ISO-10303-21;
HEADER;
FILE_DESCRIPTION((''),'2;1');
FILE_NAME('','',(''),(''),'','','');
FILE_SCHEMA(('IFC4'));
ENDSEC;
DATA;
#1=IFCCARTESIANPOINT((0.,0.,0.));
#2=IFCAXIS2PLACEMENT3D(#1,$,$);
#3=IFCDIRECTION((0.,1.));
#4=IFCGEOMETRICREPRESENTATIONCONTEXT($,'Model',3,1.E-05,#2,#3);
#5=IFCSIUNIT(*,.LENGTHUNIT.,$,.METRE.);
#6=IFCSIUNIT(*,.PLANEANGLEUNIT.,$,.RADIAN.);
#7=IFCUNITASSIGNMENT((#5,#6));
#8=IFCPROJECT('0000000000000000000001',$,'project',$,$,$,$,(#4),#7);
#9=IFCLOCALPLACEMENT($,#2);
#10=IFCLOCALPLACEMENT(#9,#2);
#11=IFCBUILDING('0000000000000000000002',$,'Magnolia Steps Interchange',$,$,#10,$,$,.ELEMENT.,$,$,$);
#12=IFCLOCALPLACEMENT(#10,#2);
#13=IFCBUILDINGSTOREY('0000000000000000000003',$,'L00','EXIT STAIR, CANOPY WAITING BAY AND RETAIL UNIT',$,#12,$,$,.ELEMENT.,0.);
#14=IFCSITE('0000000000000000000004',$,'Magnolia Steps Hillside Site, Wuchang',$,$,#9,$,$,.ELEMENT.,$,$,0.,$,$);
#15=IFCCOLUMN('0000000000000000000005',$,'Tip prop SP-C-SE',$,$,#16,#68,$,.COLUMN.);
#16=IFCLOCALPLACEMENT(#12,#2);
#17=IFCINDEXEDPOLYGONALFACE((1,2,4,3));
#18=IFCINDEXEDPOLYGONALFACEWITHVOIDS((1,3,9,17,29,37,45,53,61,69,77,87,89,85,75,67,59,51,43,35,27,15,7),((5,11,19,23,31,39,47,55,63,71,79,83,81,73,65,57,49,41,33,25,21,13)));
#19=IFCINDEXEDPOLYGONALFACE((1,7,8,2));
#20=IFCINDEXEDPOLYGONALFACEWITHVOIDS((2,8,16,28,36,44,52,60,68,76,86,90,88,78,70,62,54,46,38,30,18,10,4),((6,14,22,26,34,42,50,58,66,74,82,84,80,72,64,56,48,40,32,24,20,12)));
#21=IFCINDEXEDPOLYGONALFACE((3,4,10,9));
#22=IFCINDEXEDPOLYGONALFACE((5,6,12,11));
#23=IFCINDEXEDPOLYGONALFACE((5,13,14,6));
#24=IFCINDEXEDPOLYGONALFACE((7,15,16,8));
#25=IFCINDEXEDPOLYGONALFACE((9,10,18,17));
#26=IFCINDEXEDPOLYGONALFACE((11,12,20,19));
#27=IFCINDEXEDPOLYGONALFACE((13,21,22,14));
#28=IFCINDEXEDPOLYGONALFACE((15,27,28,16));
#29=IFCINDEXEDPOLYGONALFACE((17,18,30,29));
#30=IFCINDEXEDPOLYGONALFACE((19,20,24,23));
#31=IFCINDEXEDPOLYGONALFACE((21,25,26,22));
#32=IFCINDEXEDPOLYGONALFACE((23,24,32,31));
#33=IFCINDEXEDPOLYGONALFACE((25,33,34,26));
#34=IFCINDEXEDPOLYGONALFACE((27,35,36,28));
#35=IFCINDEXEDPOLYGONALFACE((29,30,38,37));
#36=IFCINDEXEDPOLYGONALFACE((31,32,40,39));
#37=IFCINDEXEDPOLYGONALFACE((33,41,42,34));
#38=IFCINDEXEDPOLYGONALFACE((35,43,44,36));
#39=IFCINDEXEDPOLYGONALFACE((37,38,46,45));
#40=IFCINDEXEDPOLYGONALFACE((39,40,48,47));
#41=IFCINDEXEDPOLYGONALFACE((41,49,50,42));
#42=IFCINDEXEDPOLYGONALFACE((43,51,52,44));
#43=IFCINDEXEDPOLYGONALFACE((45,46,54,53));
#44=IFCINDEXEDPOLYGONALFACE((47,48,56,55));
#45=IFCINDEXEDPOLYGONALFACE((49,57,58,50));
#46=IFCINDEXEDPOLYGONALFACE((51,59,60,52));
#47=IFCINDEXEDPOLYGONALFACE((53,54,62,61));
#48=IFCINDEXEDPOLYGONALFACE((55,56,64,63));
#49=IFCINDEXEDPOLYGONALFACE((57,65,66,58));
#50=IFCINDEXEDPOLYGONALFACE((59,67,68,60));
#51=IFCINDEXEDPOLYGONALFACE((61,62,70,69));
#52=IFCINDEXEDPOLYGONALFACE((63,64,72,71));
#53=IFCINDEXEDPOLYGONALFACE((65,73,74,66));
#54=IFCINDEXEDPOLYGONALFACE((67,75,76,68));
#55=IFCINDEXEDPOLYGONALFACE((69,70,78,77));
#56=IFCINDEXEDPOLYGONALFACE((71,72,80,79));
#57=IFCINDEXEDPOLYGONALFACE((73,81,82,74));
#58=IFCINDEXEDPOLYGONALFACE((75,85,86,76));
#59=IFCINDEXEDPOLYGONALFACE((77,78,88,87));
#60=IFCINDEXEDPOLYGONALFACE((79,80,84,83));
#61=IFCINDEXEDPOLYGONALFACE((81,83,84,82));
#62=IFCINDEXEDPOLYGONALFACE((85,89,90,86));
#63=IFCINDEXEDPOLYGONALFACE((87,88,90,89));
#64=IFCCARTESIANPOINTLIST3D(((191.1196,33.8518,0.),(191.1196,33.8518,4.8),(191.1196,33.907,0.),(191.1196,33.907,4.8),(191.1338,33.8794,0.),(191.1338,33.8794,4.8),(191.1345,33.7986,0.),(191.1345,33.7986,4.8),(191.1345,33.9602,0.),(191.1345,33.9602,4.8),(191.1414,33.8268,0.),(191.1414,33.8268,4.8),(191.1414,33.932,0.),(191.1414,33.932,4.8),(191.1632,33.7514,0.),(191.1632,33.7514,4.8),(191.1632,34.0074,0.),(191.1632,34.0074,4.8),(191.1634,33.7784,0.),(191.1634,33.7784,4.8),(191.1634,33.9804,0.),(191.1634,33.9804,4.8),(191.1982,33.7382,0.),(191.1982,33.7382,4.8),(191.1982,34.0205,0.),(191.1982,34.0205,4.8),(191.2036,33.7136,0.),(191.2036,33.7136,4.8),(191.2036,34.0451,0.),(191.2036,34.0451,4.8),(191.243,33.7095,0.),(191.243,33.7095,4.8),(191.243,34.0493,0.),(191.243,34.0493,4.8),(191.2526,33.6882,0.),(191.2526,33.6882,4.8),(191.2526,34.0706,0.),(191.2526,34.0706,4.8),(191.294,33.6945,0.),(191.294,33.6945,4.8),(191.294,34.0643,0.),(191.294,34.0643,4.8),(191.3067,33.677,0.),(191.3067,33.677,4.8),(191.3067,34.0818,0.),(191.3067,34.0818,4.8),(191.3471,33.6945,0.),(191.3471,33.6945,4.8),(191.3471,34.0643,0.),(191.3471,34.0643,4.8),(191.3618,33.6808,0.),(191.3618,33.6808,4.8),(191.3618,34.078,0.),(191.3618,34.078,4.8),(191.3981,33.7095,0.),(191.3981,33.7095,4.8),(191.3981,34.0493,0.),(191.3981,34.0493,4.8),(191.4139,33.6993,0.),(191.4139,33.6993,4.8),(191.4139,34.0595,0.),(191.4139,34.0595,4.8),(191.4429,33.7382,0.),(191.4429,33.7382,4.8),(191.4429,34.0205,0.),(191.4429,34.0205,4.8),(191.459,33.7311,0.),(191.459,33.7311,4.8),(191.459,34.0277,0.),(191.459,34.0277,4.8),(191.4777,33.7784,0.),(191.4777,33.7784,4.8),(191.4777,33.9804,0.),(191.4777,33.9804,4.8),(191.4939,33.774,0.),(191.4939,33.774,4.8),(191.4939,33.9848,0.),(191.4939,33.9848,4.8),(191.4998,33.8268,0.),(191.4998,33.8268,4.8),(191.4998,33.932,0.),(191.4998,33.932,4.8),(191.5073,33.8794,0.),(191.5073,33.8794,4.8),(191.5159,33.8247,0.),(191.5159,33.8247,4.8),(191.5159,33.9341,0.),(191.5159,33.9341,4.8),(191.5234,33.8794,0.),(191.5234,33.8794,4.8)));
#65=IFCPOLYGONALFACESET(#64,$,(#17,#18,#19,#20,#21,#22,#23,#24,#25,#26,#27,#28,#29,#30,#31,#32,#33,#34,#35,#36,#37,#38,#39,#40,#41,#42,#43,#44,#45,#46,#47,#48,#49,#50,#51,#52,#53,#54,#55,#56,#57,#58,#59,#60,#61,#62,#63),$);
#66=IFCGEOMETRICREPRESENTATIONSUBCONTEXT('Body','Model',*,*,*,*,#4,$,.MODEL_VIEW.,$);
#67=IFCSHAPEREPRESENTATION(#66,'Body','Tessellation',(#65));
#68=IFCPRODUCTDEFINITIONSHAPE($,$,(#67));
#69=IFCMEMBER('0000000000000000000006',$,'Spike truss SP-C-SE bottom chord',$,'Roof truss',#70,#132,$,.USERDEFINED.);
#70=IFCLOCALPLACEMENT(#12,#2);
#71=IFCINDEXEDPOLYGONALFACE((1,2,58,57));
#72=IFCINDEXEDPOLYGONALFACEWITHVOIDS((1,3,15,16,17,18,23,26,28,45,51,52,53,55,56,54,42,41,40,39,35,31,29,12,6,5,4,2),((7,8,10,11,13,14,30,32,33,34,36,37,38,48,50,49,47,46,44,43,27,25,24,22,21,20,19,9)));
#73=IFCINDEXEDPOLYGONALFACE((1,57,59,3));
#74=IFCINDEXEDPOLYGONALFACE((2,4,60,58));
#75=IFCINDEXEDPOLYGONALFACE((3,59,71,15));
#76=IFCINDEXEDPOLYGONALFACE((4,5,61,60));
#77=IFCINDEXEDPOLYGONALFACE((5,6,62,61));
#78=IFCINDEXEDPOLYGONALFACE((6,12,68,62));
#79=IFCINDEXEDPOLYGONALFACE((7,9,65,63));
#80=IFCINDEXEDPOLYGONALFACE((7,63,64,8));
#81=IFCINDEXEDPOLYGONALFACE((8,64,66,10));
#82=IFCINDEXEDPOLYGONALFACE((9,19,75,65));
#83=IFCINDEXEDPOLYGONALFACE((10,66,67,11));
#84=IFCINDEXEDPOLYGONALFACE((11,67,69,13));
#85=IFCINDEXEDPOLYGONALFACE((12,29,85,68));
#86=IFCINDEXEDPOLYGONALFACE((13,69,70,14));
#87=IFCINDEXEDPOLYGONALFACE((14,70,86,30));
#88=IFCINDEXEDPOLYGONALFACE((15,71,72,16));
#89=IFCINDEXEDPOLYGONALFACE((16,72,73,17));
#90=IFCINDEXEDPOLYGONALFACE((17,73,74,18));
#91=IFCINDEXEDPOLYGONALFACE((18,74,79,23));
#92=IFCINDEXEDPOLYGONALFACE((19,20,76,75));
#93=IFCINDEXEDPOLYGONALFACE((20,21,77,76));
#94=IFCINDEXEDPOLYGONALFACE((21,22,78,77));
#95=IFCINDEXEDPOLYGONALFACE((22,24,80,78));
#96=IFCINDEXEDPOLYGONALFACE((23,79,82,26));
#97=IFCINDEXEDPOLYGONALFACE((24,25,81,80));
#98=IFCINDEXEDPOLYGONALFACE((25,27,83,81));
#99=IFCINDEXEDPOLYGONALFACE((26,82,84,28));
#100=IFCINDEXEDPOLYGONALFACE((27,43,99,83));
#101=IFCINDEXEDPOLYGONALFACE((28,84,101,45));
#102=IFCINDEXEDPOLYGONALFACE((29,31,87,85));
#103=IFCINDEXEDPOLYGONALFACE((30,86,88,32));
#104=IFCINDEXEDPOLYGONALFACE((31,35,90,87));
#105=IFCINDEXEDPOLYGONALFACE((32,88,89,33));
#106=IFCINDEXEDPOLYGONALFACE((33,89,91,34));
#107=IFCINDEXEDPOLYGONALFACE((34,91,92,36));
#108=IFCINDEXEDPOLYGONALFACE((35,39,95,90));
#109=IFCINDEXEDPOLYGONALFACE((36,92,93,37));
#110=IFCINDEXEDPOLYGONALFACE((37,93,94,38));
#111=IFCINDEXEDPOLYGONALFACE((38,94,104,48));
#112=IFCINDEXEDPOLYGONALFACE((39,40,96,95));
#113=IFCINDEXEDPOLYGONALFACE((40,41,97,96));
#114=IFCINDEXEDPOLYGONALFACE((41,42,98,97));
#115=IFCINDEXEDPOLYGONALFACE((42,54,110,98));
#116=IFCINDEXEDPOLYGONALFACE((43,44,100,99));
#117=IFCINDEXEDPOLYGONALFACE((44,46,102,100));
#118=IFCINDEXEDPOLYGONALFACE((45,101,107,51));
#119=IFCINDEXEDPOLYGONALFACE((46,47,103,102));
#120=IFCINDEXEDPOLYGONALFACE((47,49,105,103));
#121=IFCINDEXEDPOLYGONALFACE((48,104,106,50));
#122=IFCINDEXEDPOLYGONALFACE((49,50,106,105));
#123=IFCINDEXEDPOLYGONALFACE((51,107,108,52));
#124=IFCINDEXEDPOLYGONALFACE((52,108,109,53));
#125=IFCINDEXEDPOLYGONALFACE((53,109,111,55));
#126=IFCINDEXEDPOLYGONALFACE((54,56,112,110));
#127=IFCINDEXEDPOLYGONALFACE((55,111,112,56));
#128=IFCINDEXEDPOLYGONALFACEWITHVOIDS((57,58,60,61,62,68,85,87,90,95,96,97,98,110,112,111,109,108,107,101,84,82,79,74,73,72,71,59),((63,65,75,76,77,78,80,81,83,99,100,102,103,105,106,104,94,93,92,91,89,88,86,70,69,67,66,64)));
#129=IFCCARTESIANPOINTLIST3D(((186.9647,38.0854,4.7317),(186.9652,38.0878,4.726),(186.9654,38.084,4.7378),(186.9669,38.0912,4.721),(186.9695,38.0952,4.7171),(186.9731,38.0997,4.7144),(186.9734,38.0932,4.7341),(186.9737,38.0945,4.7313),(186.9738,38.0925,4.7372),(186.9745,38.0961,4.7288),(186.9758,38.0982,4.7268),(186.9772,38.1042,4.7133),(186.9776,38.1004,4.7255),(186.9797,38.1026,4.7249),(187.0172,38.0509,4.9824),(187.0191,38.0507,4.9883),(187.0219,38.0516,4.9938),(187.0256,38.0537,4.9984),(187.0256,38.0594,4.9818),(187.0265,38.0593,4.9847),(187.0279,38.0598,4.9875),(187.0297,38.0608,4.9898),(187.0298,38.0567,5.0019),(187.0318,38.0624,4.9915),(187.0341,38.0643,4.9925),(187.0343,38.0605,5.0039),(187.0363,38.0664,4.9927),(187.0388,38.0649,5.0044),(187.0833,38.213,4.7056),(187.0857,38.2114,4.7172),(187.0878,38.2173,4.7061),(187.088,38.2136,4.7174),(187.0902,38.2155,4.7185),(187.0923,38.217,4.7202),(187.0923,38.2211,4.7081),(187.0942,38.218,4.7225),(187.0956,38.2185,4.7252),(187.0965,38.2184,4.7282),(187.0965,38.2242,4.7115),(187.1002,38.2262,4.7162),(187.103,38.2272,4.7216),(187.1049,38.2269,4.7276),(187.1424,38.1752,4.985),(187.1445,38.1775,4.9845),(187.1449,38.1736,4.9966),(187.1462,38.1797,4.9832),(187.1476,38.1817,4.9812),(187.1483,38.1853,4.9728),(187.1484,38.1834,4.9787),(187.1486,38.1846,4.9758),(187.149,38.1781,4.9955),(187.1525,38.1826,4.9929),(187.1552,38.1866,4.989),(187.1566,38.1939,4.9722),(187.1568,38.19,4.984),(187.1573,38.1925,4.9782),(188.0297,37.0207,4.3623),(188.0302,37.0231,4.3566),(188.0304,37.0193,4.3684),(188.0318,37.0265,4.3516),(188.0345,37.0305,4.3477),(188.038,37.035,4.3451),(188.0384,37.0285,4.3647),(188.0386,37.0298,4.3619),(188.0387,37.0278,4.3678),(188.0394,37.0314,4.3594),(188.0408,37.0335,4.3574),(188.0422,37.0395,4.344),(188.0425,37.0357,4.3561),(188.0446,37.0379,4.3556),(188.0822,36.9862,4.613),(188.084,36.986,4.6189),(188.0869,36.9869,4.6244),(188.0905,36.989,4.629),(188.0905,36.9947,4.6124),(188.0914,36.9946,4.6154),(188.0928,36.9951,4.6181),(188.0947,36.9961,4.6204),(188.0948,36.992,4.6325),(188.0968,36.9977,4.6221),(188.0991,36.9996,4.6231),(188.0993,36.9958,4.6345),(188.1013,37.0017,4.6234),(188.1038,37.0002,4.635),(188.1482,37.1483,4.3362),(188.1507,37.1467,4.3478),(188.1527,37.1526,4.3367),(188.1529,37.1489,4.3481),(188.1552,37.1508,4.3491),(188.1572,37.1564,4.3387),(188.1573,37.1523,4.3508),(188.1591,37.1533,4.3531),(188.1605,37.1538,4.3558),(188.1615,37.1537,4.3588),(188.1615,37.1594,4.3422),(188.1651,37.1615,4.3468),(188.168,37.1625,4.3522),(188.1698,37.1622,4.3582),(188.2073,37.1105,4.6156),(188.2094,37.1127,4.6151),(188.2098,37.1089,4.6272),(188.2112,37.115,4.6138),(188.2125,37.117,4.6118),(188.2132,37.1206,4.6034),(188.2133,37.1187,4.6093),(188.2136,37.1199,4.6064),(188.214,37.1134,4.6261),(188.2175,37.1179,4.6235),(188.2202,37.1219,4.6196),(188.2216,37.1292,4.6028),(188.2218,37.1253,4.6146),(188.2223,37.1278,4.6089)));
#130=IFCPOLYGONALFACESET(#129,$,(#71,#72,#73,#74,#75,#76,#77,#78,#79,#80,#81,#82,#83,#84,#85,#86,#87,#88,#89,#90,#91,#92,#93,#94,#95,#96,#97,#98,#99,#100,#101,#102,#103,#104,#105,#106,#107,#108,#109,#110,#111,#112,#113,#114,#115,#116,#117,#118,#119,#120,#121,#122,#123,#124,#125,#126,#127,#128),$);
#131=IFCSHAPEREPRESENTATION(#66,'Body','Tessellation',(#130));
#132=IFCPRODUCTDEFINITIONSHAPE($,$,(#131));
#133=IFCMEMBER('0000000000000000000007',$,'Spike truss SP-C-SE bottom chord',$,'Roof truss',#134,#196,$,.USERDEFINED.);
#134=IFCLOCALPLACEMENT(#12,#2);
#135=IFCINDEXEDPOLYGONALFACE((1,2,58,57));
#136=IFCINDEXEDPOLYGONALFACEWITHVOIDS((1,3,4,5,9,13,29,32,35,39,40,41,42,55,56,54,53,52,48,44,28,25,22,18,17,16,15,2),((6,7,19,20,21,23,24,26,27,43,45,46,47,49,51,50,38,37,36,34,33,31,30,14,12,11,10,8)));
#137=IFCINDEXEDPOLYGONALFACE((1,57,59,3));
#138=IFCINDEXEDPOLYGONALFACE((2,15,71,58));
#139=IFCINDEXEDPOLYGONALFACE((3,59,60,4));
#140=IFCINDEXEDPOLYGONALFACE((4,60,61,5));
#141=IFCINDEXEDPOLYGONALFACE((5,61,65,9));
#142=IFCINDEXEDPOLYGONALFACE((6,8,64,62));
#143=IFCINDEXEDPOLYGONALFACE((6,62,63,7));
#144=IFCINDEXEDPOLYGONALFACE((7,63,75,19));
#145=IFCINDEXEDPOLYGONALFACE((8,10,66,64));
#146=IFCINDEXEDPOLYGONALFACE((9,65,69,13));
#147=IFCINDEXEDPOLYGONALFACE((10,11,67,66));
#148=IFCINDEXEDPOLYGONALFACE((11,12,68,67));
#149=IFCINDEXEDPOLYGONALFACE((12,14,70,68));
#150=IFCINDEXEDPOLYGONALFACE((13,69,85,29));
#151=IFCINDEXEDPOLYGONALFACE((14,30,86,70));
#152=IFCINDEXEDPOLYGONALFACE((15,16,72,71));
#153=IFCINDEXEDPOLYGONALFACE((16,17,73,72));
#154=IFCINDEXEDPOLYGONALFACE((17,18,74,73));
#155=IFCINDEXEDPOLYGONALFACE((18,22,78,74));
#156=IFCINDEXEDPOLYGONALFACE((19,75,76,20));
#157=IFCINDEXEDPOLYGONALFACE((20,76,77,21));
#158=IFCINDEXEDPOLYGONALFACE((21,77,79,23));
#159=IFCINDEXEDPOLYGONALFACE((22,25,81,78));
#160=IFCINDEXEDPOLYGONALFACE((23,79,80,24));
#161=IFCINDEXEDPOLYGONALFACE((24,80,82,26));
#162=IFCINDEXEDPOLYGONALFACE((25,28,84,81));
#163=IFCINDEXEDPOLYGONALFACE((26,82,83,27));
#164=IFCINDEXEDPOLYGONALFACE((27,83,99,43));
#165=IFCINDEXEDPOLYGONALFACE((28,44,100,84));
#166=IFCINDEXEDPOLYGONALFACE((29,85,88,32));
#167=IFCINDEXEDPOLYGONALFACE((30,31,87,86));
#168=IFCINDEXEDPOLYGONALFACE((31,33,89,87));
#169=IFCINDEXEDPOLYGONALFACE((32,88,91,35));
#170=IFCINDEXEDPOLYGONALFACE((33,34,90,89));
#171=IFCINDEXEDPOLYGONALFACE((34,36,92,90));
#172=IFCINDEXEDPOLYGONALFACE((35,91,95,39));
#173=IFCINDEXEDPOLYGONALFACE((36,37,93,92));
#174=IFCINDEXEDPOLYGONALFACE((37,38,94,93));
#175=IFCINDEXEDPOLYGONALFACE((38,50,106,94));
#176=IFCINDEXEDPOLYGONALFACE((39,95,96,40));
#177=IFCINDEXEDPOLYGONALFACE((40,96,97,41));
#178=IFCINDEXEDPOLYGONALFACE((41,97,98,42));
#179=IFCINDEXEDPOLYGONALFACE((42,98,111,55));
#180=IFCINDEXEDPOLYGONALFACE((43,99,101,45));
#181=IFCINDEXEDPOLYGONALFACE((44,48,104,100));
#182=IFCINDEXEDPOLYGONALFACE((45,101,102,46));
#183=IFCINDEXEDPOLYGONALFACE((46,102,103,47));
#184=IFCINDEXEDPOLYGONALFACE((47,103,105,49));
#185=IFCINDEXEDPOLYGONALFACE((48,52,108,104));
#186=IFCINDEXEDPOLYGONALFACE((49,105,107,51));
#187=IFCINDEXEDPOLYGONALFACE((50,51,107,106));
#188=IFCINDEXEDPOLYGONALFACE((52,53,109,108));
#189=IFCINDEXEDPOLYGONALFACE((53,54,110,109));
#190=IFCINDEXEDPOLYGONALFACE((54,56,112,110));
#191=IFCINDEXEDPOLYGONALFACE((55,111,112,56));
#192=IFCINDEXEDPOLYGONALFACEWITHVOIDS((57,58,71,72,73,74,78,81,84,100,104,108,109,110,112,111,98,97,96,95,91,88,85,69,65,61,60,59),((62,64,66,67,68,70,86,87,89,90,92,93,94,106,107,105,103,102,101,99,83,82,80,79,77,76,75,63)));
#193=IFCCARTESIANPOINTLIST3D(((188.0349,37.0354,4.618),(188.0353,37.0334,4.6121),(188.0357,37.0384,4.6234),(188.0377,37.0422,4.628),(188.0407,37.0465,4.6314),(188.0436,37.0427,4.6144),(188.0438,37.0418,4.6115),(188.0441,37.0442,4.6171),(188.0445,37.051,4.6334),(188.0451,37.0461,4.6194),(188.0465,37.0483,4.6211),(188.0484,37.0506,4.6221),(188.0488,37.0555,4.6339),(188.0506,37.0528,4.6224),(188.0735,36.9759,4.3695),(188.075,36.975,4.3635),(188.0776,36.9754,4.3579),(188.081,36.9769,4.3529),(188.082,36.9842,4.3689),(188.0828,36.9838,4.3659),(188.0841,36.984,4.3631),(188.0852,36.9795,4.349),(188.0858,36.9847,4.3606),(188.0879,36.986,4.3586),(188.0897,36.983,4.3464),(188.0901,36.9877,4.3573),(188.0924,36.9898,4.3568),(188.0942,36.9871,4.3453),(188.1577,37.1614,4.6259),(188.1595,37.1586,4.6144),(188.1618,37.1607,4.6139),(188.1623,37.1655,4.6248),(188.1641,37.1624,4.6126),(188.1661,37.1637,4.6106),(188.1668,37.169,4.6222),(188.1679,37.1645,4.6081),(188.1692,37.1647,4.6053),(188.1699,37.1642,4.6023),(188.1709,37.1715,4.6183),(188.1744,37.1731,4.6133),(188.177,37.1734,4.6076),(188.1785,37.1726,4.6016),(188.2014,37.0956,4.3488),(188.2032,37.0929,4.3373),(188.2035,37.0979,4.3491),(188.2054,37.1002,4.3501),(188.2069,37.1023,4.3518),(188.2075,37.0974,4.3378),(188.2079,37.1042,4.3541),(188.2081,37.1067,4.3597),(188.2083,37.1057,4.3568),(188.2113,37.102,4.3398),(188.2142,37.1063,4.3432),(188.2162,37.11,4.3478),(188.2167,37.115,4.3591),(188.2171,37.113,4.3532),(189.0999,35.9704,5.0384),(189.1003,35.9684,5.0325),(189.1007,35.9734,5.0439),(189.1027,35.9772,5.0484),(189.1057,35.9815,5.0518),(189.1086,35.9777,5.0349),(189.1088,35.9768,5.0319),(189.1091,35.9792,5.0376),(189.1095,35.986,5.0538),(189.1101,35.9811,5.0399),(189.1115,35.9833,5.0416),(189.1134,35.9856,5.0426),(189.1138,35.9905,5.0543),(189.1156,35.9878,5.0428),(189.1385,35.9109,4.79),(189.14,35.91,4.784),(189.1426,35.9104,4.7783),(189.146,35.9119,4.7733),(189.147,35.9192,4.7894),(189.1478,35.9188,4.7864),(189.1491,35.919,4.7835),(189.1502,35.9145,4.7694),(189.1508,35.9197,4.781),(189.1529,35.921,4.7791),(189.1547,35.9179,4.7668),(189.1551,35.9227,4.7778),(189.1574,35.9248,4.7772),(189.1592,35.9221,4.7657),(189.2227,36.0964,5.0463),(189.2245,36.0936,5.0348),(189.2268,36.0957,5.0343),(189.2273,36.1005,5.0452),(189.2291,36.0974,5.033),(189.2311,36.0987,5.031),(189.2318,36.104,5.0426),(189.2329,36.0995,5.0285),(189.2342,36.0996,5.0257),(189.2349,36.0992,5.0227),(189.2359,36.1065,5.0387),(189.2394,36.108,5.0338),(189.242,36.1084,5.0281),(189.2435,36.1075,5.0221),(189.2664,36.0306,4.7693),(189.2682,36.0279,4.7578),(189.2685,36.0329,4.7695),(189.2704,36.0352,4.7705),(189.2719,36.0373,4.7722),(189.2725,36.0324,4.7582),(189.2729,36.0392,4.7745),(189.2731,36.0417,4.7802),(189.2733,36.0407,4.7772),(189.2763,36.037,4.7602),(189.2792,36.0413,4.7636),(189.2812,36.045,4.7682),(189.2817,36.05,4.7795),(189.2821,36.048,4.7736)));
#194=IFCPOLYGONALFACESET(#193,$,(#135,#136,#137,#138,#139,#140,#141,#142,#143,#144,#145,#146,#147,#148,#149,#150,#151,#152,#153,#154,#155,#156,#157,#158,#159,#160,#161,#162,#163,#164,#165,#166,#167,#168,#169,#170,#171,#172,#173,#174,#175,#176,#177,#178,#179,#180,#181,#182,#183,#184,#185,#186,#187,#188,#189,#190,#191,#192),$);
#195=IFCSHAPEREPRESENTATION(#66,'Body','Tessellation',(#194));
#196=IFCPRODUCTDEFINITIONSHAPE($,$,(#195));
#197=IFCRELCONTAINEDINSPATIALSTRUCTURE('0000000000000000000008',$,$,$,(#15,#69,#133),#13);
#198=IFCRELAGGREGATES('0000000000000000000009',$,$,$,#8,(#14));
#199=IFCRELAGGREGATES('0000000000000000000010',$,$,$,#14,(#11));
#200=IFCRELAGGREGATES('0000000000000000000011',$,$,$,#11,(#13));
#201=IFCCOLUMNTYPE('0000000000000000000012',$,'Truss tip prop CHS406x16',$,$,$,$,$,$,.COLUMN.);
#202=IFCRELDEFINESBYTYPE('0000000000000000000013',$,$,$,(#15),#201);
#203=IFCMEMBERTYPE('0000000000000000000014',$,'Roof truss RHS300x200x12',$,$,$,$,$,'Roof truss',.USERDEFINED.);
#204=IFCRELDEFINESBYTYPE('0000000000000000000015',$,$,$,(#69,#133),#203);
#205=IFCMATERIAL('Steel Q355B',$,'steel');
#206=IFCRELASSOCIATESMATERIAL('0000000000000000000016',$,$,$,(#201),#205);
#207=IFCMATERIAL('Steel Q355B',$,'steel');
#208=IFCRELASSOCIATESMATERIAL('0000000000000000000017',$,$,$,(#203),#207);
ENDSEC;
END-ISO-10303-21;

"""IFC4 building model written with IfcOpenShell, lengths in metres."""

from ifc_helpers import new_model, si_unit, direction, frame, origin, origin_2d, place, context, subcontext, project, spatial, hollow_rectangle, hollow_circle, extrude, material, material_profile, profile_set, type_object, element, save


model = new_model("IFC4")

# Units and contexts
model_context = context("Model", 3, precision=1e-05, world=origin(), true_north=direction((0.0, 1.0)))
body_context = subcontext(model_context, "Body", "Model", "MODEL_VIEW")
ifc_project = project(units=[si_unit("LENGTHUNIT", "METRE"), si_unit("PLANEANGLEUNIT", "RADIAN")], contexts=[model_context])

# Site, building, storey
site_placement = place(None, origin())
site = spatial("IfcSite", under=ifc_project, at=site_placement, Name="Magnolia Steps Hillside Site, Wuchang", CompositionType="ELEMENT", RefElevation=0.0)
building_placement = place(site_placement, origin())
building = spatial("IfcBuilding", under=site, at=building_placement, Name="Magnolia Steps Interchange", CompositionType="ELEMENT")
storey_placement = place(building_placement, origin())
storey = spatial("IfcBuildingStorey", under=building, at=storey_placement, Name="L00", Description="EXIT STAIR, CANOPY WAITING BAY AND RETAIL UNIT", CompositionType="ELEMENT", Elevation=0.0)

# Column
ifc_material_1 = material(Name="Steel Q355B", Category="steel")
ifc_material_profile_1 = material_profile(ifc_material_1, hollow_circle(Radius=0.2029, WallThickness=0.0161, at=origin_2d()), Name="CHS406x16")
ifc_profile_set_1 = profile_set([ifc_material_profile_1], Name="Steel Q355B")
column_type_1 = type_object("IfcColumnType", Name="Truss tip prop CHS406x16", PredefinedType="COLUMN", material=ifc_profile_set_1)
column_1_placement = place(storey_placement, frame((191.3206, 33.8794, 0.0), z_axis=(0.0, 0.0, 1.0), x_axis=(1.0, 0.0, 0.0)))
element("IfcColumn", 1, at=column_1_placement, inside=storey, type_object=column_type_1, Name="Tip prop SP-C-SE", PredefinedType="COLUMN", context=body_context, shape_type="SweptSolid", body=[
    extrude(hollow_circle(Radius=0.2029, WallThickness=0.0161, at=origin_2d()), origin(), (0.0, 0.0, 1.0), 4.8),
])

# Members
ifc_material_2 = material(Name="Steel Q355B", Category="steel")
ifc_material_profile_2 = material_profile(ifc_material_2, hollow_rectangle(XDim=0.2, YDim=0.3, WallThickness=0.012, InnerFilletRadius=0.012, OuterFilletRadius=0.0239, at=origin_2d()), Name="RHS300x200x12")
ifc_profile_set_2 = profile_set([ifc_material_profile_2], Name="Steel Q355B")
member_type_1 = type_object("IfcMemberType", Name="Roof truss RHS300x200x12", ElementType="Roof truss", PredefinedType="USERDEFINED", material=ifc_profile_set_2)
member_1_placement = place(storey_placement, frame((187.061, 38.1389, 4.855), z_axis=(0.686827, -0.686669, -0.238232), x_axis=(0.697236, 0.715036, -0.050846)))
element("IfcMember", 2, at=member_1_placement, inside=storey, type_object=member_type_1, Name="Spike truss SP-C-SE bottom chord", ObjectType="Roof truss", PredefinedType="USERDEFINED", context=body_context, shape_type="SweptSolid", body=[
    extrude(hollow_rectangle(XDim=0.2, YDim=0.3, WallThickness=0.012, InnerFilletRadius=0.012, OuterFilletRadius=0.0239, at=origin_2d()), origin(), (0.0, 0.0, 1.0), 1.5505),
])
member_2_placement = place(storey_placement, frame((188.126, 37.0742, 4.4856), z_axis=(0.681069, -0.681069, 0.268868), x_axis=(0.716377, 0.695755, -0.052236)))
element("IfcMember", 3, at=member_2_placement, inside=storey, type_object=member_type_1, Name="Spike truss SP-C-SE bottom chord", ObjectType="Roof truss", PredefinedType="USERDEFINED", context=body_context, shape_type="SweptSolid", body=[
    extrude(hollow_rectangle(XDim=0.2, YDim=0.3, WallThickness=0.012, InnerFilletRadius=0.012, OuterFilletRadius=0.0239, at=origin_2d()), origin(), (0.0, 0.0, 1.0), 1.5637),
])

save(model, "model.ifc")
